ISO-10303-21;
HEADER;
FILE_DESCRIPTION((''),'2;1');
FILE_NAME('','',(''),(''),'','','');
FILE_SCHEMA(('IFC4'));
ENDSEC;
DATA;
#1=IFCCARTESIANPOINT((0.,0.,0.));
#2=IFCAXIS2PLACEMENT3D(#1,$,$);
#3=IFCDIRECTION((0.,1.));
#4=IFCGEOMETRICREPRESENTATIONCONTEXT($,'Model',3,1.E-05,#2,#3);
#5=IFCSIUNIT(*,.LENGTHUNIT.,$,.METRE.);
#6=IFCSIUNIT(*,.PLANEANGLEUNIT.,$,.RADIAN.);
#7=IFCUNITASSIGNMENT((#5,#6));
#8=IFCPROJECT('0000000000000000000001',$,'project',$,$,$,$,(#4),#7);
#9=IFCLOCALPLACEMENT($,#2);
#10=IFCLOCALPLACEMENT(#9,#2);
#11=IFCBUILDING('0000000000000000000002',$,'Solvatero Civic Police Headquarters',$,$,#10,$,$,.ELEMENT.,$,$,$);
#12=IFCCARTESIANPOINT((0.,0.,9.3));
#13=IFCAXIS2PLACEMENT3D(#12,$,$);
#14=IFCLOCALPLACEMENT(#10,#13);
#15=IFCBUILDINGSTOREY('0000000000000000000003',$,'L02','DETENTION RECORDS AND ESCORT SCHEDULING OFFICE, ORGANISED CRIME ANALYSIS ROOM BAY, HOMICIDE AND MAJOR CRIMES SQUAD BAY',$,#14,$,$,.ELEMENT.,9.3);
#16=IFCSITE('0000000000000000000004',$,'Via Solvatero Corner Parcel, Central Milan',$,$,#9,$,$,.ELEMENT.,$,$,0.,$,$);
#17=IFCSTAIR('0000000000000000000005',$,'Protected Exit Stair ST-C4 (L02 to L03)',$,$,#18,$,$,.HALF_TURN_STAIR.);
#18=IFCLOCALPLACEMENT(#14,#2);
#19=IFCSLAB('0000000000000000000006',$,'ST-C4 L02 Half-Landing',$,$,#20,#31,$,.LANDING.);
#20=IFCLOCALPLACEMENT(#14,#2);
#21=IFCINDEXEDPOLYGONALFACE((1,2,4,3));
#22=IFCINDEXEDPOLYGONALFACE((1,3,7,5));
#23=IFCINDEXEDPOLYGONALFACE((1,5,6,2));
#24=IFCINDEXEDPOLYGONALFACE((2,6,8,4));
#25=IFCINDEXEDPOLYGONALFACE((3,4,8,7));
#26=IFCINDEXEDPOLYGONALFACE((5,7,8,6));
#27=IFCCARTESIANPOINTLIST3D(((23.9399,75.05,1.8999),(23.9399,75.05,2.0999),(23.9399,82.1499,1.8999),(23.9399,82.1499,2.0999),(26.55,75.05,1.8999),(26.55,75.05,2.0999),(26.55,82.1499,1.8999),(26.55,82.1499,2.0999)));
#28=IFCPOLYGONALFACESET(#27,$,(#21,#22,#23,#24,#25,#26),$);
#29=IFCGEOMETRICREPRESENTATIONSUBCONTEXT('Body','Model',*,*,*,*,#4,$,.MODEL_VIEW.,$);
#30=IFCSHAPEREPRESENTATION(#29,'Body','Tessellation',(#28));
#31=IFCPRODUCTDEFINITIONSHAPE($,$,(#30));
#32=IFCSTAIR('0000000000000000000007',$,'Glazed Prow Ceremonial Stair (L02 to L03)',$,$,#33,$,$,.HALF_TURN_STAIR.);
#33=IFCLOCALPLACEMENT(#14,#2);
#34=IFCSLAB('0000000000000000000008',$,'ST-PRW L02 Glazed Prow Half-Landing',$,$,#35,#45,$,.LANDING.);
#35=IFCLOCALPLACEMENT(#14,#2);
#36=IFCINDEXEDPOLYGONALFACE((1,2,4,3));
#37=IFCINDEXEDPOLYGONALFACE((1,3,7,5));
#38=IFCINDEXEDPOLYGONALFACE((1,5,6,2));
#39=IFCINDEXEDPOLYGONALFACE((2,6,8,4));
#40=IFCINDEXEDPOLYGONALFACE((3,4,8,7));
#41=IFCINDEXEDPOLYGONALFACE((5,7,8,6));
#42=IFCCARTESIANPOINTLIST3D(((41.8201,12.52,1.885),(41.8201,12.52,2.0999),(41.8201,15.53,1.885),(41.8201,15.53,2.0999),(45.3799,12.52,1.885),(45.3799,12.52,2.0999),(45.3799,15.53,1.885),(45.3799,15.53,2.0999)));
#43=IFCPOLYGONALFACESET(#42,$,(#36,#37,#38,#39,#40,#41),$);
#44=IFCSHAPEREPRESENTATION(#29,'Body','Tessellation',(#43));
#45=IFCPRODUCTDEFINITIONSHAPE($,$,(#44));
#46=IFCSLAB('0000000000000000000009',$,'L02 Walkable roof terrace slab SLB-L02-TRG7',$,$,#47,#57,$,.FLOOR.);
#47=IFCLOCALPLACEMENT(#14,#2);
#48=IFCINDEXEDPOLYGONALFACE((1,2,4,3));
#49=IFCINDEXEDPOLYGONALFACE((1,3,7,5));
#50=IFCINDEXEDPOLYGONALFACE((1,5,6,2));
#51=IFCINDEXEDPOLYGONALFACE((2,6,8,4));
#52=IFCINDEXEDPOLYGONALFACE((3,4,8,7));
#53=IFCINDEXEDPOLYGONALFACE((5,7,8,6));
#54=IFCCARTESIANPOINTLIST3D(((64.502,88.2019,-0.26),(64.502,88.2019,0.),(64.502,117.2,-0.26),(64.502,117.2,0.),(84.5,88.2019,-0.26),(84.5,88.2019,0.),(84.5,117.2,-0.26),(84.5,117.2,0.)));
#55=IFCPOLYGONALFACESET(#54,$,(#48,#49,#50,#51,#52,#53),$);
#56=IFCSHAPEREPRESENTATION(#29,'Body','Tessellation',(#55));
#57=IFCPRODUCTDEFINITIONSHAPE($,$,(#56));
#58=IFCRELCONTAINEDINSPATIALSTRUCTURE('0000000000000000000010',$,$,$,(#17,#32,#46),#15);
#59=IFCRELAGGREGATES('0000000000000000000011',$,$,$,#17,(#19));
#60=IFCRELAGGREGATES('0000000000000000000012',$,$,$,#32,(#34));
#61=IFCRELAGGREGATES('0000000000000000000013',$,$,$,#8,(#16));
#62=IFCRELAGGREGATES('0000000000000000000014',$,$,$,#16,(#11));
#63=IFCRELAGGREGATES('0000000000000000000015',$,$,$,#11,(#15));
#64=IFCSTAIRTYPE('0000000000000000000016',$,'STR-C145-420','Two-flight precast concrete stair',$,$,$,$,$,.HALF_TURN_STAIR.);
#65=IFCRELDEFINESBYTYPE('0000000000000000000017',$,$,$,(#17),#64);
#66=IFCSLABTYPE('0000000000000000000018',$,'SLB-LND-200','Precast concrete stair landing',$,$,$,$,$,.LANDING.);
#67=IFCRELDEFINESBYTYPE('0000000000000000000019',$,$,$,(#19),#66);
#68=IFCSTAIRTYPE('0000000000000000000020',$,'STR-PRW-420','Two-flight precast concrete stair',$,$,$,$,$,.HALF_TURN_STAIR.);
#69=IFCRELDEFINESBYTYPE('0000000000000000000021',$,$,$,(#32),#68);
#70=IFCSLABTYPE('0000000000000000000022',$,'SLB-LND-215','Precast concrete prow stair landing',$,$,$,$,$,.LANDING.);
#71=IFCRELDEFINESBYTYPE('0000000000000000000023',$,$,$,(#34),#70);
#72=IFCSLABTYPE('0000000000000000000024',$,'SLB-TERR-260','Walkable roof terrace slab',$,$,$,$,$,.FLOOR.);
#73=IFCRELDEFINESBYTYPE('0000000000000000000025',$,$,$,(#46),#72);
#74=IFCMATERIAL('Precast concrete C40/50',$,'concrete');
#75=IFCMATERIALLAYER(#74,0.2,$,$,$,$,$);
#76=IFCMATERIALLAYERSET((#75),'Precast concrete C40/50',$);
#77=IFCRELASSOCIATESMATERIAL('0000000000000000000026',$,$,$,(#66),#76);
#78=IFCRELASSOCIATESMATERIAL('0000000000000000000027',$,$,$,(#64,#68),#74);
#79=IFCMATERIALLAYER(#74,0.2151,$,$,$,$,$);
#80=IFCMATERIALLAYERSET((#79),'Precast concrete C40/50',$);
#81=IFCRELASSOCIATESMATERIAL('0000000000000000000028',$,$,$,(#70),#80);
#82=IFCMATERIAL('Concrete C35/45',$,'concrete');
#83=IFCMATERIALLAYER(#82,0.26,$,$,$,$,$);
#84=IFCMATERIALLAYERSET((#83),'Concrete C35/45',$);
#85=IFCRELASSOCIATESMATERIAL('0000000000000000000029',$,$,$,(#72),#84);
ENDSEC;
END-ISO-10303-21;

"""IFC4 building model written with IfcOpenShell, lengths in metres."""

from ifc_helpers import new_model, si_unit, direction, frame, origin, place, context, subcontext, project, spatial, polyline, outline, extrude, material, layer, layer_set, type_object, element, aggregate, save


model = new_model("IFC4")

# Units and contexts
model_context = context("Model", 3, precision=1e-05, world=origin(), true_north=direction((0.0, 1.0)))
body_context = subcontext(model_context, "Body", "Model", "MODEL_VIEW")
ifc_project = project(units=[si_unit("LENGTHUNIT", "METRE"), si_unit("PLANEANGLEUNIT", "RADIAN")], contexts=[model_context])

# Site, building, storey
site_placement = place(None, origin())
site = spatial("IfcSite", under=ifc_project, at=site_placement, Name="Via Solvatero Corner Parcel, Central Milan", CompositionType="ELEMENT", RefElevation=0.0)
building_placement = place(site_placement, origin())
building = spatial("IfcBuilding", under=site, at=building_placement, Name="Solvatero Civic Police Headquarters", CompositionType="ELEMENT")
storey_placement = place(building_placement, frame((0.0, 0.0, 9.3)))
storey = spatial("IfcBuildingStorey", under=building, at=storey_placement, Name="L02", Description="DETENTION RECORDS AND ESCORT SCHEDULING OFFICE, ORGANISED CRIME ANALYSIS ROOM BAY, HOMICIDE AND MAJOR CRIMES SQUAD BAY", CompositionType="ELEMENT", Elevation=9.3)

# Shared definitions
ifc_material_1 = material(Name="Concrete C35/45", Category="concrete")

# Stairs, slabs
ifc_material_2 = material(Name="Precast concrete C40/50", Category="concrete")
ifc_layer_1 = layer(ifc_material_2, 0.2)
ifc_layer_set_1 = layer_set([ifc_layer_1], Name="Precast concrete C40/50")
slab_type_1 = type_object("IfcSlabType", Name="SLB-LND-200", Description="Precast concrete stair landing", PredefinedType="LANDING", material=ifc_layer_set_1)
stair_type_1 = type_object("IfcStairType", Name="STR-C145-420", Description="Two-flight precast concrete stair", PredefinedType="HALF_TURN_STAIR", material=ifc_material_2)
stair_1_placement = place(storey_placement, origin())
stair_1 = element("IfcStair", 1, at=stair_1_placement, inside=storey, type_object=stair_type_1, Name="Protected Exit Stair ST-C4 (L02 to L03)", PredefinedType="HALF_TURN_STAIR")
slab_1_placement = place(storey_placement, frame((0.0, 0.0, 1.8999)))
slab_1 = element("IfcSlab", 2, at=slab_1_placement, type_object=slab_type_1, Name="ST-C4 L02 Half-Landing", PredefinedType="LANDING", context=body_context, shape_type="SweptSolid", body=[
    extrude(outline(polyline([(23.9399, 75.05), (26.55, 75.05), (26.55, 82.1499), (23.9399, 82.1499), (23.9399, 75.05)])), origin(), (0.0, 0.0, 1.0), 0.2),
])
aggregate(stair_1, [slab_1])
stair_type_2 = type_object("IfcStairType", Name="STR-PRW-420", Description="Two-flight precast concrete stair", PredefinedType="HALF_TURN_STAIR", material=ifc_material_2)
stair_2_placement = place(storey_placement, origin())
stair_2 = element("IfcStair", 3, at=stair_2_placement, inside=storey, type_object=stair_type_2, Name="Glazed Prow Ceremonial Stair (L02 to L03)", PredefinedType="HALF_TURN_STAIR")
ifc_layer_2 = layer(ifc_material_2, 0.2151)
ifc_layer_set_2 = layer_set([ifc_layer_2], Name="Precast concrete C40/50")
slab_type_2 = type_object("IfcSlabType", Name="SLB-LND-215", Description="Precast concrete prow stair landing", PredefinedType="LANDING", material=ifc_layer_set_2)
slab_2_placement = place(storey_placement, frame((0.0, 0.0, 1.885)))
slab_2 = element("IfcSlab", 4, at=slab_2_placement, type_object=slab_type_2, Name="ST-PRW L02 Glazed Prow Half-Landing", PredefinedType="LANDING", context=body_context, shape_type="SweptSolid", body=[
    extrude(outline(polyline([(41.8201, 12.52), (45.3799, 12.52), (45.3799, 15.53), (41.8201, 15.53), (41.8201, 12.52)])), origin(), (0.0, 0.0, 1.0), 0.2148),
])
aggregate(stair_2, [slab_2])

# Slab
ifc_layer_3 = layer(ifc_material_1, 0.26)
ifc_layer_set_3 = layer_set([ifc_layer_3], Name="Concrete C35/45")
slab_type_3 = type_object("IfcSlabType", Name="SLB-TERR-260", Description="Walkable roof terrace slab", PredefinedType="FLOOR", material=ifc_layer_set_3)
slab_3_placement = place(storey_placement, frame((0.0, 0.0, -0.26)))
element("IfcSlab", 5, at=slab_3_placement, inside=storey, type_object=slab_type_3, Name="L02 Walkable roof terrace slab SLB-L02-TRG7", PredefinedType="FLOOR", context=body_context, shape_type="SweptSolid", body=[
    extrude(outline(polyline([(84.5, 117.2), (84.5, 88.2019), (64.502, 88.2019), (64.502, 117.2), (84.5, 117.2)])), origin(), (0.0, 0.0, 1.0), 0.26),
])

save(model, "model.ifc")
